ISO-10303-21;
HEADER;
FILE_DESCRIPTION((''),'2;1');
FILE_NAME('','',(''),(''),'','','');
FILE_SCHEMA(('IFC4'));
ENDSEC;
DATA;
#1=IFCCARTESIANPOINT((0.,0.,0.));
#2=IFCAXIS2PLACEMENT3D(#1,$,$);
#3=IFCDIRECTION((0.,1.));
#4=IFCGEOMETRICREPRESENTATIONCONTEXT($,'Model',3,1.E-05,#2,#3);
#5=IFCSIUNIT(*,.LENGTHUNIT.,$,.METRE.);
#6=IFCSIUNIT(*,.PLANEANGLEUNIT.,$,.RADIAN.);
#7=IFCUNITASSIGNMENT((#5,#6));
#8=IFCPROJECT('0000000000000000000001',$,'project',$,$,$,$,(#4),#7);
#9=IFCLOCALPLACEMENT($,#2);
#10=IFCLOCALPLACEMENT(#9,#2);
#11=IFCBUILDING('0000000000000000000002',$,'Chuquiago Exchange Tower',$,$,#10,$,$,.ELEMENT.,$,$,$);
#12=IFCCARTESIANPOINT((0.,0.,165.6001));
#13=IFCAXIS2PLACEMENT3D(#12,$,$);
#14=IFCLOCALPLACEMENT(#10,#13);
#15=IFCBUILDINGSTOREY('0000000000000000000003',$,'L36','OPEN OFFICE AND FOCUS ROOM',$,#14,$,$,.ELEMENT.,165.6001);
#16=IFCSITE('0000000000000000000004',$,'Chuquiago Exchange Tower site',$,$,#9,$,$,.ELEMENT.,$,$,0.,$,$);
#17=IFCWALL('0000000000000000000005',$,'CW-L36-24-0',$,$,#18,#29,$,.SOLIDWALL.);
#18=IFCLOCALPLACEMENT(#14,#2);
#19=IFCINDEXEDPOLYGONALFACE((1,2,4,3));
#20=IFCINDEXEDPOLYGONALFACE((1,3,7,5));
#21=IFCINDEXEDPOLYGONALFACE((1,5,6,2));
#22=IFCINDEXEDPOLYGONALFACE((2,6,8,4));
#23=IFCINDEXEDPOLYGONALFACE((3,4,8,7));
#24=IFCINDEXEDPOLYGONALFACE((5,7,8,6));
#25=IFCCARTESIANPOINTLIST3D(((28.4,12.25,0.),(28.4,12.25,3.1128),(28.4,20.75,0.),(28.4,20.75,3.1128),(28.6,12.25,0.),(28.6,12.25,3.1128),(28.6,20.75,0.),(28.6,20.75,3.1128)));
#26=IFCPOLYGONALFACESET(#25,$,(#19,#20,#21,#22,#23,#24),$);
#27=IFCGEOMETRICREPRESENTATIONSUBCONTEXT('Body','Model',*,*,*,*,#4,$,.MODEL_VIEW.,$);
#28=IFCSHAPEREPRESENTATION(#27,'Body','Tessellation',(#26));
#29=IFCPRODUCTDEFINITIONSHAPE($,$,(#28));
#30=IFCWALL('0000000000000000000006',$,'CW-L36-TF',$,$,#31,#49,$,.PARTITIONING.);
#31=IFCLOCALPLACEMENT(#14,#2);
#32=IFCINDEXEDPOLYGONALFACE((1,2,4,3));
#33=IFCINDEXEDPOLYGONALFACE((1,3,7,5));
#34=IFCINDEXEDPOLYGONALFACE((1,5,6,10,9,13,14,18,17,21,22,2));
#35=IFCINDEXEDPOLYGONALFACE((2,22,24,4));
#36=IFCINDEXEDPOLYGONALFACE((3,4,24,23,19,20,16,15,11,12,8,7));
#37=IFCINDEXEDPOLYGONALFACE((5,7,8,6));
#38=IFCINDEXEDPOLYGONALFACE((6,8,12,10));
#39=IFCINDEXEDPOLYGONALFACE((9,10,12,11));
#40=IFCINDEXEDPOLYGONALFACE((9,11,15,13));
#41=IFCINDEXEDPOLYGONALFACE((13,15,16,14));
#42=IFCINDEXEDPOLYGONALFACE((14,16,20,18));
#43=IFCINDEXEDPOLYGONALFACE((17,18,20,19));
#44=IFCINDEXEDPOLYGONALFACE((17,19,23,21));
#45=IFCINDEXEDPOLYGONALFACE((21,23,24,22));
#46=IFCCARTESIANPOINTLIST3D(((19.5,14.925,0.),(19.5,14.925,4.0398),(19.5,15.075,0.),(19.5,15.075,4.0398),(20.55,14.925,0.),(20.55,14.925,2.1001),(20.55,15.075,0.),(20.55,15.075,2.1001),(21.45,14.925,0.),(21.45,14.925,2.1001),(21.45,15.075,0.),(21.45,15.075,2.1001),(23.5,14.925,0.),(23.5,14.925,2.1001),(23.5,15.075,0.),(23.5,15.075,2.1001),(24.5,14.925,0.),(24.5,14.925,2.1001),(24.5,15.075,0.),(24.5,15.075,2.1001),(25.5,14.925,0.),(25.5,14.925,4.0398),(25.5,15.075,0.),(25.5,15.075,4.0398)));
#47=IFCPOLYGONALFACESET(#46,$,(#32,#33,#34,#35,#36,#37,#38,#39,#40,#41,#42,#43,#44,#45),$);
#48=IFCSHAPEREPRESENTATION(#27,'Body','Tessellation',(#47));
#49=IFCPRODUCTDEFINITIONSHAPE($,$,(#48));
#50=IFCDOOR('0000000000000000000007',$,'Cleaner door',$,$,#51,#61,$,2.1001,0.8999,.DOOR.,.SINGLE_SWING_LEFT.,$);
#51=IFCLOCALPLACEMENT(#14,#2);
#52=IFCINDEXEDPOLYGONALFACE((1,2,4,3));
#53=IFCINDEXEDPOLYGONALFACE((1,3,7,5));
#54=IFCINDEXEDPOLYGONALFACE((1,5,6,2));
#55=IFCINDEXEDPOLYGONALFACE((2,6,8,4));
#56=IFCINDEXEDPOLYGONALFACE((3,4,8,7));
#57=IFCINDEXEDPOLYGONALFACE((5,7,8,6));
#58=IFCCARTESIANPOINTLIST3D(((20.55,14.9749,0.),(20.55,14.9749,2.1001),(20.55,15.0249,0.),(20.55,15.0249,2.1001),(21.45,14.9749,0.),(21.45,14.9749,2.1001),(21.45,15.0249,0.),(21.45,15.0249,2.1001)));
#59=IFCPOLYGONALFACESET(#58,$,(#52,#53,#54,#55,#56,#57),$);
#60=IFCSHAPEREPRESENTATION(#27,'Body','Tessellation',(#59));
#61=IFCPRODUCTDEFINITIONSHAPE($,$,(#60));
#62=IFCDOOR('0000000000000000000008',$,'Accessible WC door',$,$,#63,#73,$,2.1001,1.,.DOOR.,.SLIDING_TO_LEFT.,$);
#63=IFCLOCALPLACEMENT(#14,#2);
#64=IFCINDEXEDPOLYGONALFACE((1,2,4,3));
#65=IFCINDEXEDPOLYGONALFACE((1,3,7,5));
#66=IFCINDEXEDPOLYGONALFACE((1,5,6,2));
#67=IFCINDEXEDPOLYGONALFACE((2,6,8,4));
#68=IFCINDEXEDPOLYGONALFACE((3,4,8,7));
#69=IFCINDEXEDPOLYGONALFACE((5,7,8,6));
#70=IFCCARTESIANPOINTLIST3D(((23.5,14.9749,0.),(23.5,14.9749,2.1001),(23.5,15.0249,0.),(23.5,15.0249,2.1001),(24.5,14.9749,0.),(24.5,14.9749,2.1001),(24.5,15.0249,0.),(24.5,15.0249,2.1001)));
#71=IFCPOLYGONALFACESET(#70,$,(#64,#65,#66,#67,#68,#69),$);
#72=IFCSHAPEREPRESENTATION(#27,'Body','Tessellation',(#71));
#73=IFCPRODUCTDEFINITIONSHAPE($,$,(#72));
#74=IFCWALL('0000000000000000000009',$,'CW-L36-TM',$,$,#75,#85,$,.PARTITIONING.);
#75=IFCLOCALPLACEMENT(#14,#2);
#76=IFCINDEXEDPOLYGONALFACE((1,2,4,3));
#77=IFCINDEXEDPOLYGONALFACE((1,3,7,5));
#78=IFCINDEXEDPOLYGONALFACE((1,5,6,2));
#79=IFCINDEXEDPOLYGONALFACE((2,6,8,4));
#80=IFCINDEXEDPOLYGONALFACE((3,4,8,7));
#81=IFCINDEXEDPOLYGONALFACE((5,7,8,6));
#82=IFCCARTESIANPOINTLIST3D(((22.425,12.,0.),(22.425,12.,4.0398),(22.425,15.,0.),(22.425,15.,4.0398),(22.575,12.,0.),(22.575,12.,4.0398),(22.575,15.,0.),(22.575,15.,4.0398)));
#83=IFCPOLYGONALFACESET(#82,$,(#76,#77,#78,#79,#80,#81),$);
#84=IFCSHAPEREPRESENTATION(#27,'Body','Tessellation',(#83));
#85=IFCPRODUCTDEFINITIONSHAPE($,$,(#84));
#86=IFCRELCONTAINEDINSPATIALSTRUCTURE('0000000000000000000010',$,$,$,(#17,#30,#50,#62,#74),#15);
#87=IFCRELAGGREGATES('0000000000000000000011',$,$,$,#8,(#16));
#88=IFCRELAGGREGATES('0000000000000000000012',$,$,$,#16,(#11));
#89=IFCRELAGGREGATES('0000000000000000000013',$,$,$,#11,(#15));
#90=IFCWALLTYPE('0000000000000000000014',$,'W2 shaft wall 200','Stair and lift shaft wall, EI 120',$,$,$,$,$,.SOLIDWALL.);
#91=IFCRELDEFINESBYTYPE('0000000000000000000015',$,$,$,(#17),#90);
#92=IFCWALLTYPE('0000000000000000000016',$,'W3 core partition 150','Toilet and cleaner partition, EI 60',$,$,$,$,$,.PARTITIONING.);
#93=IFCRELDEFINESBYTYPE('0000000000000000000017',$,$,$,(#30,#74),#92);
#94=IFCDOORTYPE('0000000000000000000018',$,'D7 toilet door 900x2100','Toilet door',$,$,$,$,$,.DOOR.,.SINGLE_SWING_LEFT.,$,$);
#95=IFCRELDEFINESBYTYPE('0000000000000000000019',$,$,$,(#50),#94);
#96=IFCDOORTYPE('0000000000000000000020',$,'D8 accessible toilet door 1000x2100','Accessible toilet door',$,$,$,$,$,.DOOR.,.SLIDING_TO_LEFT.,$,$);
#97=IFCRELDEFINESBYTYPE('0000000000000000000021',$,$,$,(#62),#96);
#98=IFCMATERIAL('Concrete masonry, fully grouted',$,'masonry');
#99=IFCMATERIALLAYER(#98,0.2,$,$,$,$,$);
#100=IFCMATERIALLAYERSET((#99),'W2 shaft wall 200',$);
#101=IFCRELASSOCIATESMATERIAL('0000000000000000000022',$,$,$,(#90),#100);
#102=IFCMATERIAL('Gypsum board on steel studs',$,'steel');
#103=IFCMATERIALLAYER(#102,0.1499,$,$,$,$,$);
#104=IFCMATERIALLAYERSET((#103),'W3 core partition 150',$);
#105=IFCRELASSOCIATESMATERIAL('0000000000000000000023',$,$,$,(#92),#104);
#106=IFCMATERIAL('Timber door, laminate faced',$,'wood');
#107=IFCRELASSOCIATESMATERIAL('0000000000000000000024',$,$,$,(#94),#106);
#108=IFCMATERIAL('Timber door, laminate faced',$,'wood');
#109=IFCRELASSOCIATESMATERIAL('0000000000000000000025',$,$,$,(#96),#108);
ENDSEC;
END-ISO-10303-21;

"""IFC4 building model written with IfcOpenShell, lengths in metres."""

from ifc_helpers import new_model, si_unit, direction, frame, frame_2d, origin, place, context, subcontext, project, spatial, rectangle, extrude, material, layer, layer_set, type_object, element, fill, save


model = new_model("IFC4")

# Units and contexts
model_context = context("Model", 3, precision=1e-05, world=origin(), true_north=direction((0.0, 1.0)))
body_context = subcontext(model_context, "Body", "Model", "MODEL_VIEW")
ifc_project = project(units=[si_unit("LENGTHUNIT", "METRE"), si_unit("PLANEANGLEUNIT", "RADIAN")], contexts=[model_context])

# Site, building, storey
site_placement = place(None, origin())
site = spatial("IfcSite", under=ifc_project, at=site_placement, Name="Chuquiago Exchange Tower site", CompositionType="ELEMENT", RefElevation=0.0)
building_placement = place(site_placement, origin())
building = spatial("IfcBuilding", under=site, at=building_placement, Name="Chuquiago Exchange Tower", CompositionType="ELEMENT")
storey_placement = place(building_placement, frame((0.0, 0.0, 165.6001)))
storey = spatial("IfcBuildingStorey", under=building, at=storey_placement, Name="L36", Description="OPEN OFFICE AND FOCUS ROOM", CompositionType="ELEMENT", Elevation=165.6001)

# Shared definitions
ifc_material_1 = material(Name="Concrete masonry, fully grouted", Category="masonry")
ifc_layer_1 = layer(ifc_material_1, 0.2)
ifc_layer_set_1 = layer_set([ifc_layer_1], Name="W2 shaft wall 200")
wall_type_1 = type_object("IfcWallType", Name="W2 shaft wall 200", Description="Stair and lift shaft wall, EI 120", PredefinedType="SOLIDWALL", material=ifc_layer_set_1)

# Wall
wall_1_placement = place(storey_placement, frame((28.5, 12.25, 0.0), z_axis=(0.0, 0.0, 1.0), x_axis=(0.0, 1.0, 0.0)))
element("IfcWall", 1, at=wall_1_placement, inside=storey, type_object=wall_type_1, Name="CW-L36-24-0", PredefinedType="SOLIDWALL", context=body_context, shape_type="SweptSolid", body=[
    extrude(rectangle(XDim=8.5, YDim=0.2, at=frame_2d((4.25, 0.0))), origin(), (0.0, 0.0, 1.0), 3.1128),
])

# Wall, openings, doors
ifc_material_2 = material(Name="Gypsum board on steel studs", Category="steel")
ifc_layer_2 = layer(ifc_material_2, 0.1499)
ifc_layer_set_2 = layer_set([ifc_layer_2], Name="W3 core partition 150")
wall_type_2 = type_object("IfcWallType", Name="W3 core partition 150", Description="Toilet and cleaner partition, EI 60", PredefinedType="PARTITIONING", material=ifc_layer_set_2)
wall_2_placement = place(storey_placement, frame((19.5, 15.0, 0.0), z_axis=(0.0, 0.0, 1.0), x_axis=(1.0, 0.0, 0.0)))
wall_2 = element("IfcWall", 2, at=wall_2_placement, inside=storey, type_object=wall_type_2, Name="CW-L36-TF", PredefinedType="PARTITIONING", context=body_context, shape_type="SweptSolid", body=[
    extrude(rectangle(XDim=6.0, YDim=0.1499, at=frame_2d((3.0, 0.0))), origin(), (0.0, 0.0, 1.0), 4.0398),
])
opening_1_placement = place(wall_2_placement, frame((4.0, 0.0, 0.0)))
opening_1 = element("IfcOpeningElement", 3, at=opening_1_placement, cuts=wall_2, PredefinedType="OPENING", context=body_context, shape_type="SweptSolid", body=[
    extrude(rectangle(XDim=1.0, YDim=2.1001, at=frame_2d((0.5, 1.05))), frame((0.0, 0.085, 0.0), z_axis=(0.0, -1.0, 0.0), x_axis=(1.0, 0.0, 0.0)), (0.0, 0.0, 1.0), 0.1699),
])
opening_2_placement = place(wall_2_placement, frame((1.05, 0.0, 0.0)))
opening_2 = element("IfcOpeningElement", 4, at=opening_2_placement, cuts=wall_2, PredefinedType="OPENING", context=body_context, shape_type="SweptSolid", body=[
    extrude(rectangle(XDim=0.8999, YDim=2.1001, at=frame_2d((0.45, 1.05))), frame((0.0, 0.085, 0.0), z_axis=(0.0, -1.0, 0.0), x_axis=(1.0, 0.0, 0.0)), (0.0, 0.0, 1.0), 0.1699),
])
ifc_material_3 = material(Name="Timber door, laminate faced", Category="wood")
door_type_1 = type_object("IfcDoorType", Name="D7 toilet door 900x2100", Description="Toilet door", OperationType="SINGLE_SWING_LEFT", PredefinedType="DOOR", material=ifc_material_3)
door_1_placement = place(opening_2_placement, origin())
door_1 = element("IfcDoor", 5, at=door_1_placement, inside=storey, type_object=door_type_1, Name="Cleaner door", OperationType="SINGLE_SWING_LEFT", OverallHeight=2.1001, OverallWidth=0.8999, PredefinedType="DOOR", context=body_context, shape_type="SweptSolid", body=[
    extrude(rectangle(XDim=0.8999, YDim=2.1001, at=frame_2d((0.45, 1.05))), frame((0.0, 0.0249, 0.0), z_axis=(0.0, -1.0, 0.0), x_axis=(1.0, 0.0, 0.0)), (0.0, 0.0, 1.0), 0.05),
])
fill(opening_2, door_1)
ifc_material_4 = material(Name="Timber door, laminate faced", Category="wood")
door_type_2 = type_object("IfcDoorType", Name="D8 accessible toilet door 1000x2100", Description="Accessible toilet door", OperationType="SLIDING_TO_LEFT", PredefinedType="DOOR", material=ifc_material_4)
door_2_placement = place(opening_1_placement, origin())
door_2 = element("IfcDoor", 6, at=door_2_placement, inside=storey, type_object=door_type_2, Name="Accessible WC door", OperationType="SLIDING_TO_LEFT", OverallHeight=2.1001, OverallWidth=1.0, PredefinedType="DOOR", context=body_context, shape_type="SweptSolid", body=[
    extrude(rectangle(XDim=1.0, YDim=2.1001, at=frame_2d((0.5, 1.05))), frame((0.0, 0.0249, 0.0), z_axis=(0.0, -1.0, 0.0), x_axis=(1.0, 0.0, 0.0)), (0.0, 0.0, 1.0), 0.05),
])
fill(opening_1, door_2)

# Wall
wall_3_placement = place(storey_placement, frame((22.5, 15.0, 0.0), z_axis=(0.0, 0.0, 1.0), x_axis=(0.0, -1.0, 0.0)))
element("IfcWall", 7, at=wall_3_placement, inside=storey, type_object=wall_type_2, Name="CW-L36-TM", PredefinedType="PARTITIONING", context=body_context, shape_type="SweptSolid", body=[
    extrude(rectangle(XDim=3.0, YDim=0.1499, at=frame_2d((1.5, 0.0))), origin(), (0.0, 0.0, 1.0), 4.0398),
])

save(model, "model.ifc")
